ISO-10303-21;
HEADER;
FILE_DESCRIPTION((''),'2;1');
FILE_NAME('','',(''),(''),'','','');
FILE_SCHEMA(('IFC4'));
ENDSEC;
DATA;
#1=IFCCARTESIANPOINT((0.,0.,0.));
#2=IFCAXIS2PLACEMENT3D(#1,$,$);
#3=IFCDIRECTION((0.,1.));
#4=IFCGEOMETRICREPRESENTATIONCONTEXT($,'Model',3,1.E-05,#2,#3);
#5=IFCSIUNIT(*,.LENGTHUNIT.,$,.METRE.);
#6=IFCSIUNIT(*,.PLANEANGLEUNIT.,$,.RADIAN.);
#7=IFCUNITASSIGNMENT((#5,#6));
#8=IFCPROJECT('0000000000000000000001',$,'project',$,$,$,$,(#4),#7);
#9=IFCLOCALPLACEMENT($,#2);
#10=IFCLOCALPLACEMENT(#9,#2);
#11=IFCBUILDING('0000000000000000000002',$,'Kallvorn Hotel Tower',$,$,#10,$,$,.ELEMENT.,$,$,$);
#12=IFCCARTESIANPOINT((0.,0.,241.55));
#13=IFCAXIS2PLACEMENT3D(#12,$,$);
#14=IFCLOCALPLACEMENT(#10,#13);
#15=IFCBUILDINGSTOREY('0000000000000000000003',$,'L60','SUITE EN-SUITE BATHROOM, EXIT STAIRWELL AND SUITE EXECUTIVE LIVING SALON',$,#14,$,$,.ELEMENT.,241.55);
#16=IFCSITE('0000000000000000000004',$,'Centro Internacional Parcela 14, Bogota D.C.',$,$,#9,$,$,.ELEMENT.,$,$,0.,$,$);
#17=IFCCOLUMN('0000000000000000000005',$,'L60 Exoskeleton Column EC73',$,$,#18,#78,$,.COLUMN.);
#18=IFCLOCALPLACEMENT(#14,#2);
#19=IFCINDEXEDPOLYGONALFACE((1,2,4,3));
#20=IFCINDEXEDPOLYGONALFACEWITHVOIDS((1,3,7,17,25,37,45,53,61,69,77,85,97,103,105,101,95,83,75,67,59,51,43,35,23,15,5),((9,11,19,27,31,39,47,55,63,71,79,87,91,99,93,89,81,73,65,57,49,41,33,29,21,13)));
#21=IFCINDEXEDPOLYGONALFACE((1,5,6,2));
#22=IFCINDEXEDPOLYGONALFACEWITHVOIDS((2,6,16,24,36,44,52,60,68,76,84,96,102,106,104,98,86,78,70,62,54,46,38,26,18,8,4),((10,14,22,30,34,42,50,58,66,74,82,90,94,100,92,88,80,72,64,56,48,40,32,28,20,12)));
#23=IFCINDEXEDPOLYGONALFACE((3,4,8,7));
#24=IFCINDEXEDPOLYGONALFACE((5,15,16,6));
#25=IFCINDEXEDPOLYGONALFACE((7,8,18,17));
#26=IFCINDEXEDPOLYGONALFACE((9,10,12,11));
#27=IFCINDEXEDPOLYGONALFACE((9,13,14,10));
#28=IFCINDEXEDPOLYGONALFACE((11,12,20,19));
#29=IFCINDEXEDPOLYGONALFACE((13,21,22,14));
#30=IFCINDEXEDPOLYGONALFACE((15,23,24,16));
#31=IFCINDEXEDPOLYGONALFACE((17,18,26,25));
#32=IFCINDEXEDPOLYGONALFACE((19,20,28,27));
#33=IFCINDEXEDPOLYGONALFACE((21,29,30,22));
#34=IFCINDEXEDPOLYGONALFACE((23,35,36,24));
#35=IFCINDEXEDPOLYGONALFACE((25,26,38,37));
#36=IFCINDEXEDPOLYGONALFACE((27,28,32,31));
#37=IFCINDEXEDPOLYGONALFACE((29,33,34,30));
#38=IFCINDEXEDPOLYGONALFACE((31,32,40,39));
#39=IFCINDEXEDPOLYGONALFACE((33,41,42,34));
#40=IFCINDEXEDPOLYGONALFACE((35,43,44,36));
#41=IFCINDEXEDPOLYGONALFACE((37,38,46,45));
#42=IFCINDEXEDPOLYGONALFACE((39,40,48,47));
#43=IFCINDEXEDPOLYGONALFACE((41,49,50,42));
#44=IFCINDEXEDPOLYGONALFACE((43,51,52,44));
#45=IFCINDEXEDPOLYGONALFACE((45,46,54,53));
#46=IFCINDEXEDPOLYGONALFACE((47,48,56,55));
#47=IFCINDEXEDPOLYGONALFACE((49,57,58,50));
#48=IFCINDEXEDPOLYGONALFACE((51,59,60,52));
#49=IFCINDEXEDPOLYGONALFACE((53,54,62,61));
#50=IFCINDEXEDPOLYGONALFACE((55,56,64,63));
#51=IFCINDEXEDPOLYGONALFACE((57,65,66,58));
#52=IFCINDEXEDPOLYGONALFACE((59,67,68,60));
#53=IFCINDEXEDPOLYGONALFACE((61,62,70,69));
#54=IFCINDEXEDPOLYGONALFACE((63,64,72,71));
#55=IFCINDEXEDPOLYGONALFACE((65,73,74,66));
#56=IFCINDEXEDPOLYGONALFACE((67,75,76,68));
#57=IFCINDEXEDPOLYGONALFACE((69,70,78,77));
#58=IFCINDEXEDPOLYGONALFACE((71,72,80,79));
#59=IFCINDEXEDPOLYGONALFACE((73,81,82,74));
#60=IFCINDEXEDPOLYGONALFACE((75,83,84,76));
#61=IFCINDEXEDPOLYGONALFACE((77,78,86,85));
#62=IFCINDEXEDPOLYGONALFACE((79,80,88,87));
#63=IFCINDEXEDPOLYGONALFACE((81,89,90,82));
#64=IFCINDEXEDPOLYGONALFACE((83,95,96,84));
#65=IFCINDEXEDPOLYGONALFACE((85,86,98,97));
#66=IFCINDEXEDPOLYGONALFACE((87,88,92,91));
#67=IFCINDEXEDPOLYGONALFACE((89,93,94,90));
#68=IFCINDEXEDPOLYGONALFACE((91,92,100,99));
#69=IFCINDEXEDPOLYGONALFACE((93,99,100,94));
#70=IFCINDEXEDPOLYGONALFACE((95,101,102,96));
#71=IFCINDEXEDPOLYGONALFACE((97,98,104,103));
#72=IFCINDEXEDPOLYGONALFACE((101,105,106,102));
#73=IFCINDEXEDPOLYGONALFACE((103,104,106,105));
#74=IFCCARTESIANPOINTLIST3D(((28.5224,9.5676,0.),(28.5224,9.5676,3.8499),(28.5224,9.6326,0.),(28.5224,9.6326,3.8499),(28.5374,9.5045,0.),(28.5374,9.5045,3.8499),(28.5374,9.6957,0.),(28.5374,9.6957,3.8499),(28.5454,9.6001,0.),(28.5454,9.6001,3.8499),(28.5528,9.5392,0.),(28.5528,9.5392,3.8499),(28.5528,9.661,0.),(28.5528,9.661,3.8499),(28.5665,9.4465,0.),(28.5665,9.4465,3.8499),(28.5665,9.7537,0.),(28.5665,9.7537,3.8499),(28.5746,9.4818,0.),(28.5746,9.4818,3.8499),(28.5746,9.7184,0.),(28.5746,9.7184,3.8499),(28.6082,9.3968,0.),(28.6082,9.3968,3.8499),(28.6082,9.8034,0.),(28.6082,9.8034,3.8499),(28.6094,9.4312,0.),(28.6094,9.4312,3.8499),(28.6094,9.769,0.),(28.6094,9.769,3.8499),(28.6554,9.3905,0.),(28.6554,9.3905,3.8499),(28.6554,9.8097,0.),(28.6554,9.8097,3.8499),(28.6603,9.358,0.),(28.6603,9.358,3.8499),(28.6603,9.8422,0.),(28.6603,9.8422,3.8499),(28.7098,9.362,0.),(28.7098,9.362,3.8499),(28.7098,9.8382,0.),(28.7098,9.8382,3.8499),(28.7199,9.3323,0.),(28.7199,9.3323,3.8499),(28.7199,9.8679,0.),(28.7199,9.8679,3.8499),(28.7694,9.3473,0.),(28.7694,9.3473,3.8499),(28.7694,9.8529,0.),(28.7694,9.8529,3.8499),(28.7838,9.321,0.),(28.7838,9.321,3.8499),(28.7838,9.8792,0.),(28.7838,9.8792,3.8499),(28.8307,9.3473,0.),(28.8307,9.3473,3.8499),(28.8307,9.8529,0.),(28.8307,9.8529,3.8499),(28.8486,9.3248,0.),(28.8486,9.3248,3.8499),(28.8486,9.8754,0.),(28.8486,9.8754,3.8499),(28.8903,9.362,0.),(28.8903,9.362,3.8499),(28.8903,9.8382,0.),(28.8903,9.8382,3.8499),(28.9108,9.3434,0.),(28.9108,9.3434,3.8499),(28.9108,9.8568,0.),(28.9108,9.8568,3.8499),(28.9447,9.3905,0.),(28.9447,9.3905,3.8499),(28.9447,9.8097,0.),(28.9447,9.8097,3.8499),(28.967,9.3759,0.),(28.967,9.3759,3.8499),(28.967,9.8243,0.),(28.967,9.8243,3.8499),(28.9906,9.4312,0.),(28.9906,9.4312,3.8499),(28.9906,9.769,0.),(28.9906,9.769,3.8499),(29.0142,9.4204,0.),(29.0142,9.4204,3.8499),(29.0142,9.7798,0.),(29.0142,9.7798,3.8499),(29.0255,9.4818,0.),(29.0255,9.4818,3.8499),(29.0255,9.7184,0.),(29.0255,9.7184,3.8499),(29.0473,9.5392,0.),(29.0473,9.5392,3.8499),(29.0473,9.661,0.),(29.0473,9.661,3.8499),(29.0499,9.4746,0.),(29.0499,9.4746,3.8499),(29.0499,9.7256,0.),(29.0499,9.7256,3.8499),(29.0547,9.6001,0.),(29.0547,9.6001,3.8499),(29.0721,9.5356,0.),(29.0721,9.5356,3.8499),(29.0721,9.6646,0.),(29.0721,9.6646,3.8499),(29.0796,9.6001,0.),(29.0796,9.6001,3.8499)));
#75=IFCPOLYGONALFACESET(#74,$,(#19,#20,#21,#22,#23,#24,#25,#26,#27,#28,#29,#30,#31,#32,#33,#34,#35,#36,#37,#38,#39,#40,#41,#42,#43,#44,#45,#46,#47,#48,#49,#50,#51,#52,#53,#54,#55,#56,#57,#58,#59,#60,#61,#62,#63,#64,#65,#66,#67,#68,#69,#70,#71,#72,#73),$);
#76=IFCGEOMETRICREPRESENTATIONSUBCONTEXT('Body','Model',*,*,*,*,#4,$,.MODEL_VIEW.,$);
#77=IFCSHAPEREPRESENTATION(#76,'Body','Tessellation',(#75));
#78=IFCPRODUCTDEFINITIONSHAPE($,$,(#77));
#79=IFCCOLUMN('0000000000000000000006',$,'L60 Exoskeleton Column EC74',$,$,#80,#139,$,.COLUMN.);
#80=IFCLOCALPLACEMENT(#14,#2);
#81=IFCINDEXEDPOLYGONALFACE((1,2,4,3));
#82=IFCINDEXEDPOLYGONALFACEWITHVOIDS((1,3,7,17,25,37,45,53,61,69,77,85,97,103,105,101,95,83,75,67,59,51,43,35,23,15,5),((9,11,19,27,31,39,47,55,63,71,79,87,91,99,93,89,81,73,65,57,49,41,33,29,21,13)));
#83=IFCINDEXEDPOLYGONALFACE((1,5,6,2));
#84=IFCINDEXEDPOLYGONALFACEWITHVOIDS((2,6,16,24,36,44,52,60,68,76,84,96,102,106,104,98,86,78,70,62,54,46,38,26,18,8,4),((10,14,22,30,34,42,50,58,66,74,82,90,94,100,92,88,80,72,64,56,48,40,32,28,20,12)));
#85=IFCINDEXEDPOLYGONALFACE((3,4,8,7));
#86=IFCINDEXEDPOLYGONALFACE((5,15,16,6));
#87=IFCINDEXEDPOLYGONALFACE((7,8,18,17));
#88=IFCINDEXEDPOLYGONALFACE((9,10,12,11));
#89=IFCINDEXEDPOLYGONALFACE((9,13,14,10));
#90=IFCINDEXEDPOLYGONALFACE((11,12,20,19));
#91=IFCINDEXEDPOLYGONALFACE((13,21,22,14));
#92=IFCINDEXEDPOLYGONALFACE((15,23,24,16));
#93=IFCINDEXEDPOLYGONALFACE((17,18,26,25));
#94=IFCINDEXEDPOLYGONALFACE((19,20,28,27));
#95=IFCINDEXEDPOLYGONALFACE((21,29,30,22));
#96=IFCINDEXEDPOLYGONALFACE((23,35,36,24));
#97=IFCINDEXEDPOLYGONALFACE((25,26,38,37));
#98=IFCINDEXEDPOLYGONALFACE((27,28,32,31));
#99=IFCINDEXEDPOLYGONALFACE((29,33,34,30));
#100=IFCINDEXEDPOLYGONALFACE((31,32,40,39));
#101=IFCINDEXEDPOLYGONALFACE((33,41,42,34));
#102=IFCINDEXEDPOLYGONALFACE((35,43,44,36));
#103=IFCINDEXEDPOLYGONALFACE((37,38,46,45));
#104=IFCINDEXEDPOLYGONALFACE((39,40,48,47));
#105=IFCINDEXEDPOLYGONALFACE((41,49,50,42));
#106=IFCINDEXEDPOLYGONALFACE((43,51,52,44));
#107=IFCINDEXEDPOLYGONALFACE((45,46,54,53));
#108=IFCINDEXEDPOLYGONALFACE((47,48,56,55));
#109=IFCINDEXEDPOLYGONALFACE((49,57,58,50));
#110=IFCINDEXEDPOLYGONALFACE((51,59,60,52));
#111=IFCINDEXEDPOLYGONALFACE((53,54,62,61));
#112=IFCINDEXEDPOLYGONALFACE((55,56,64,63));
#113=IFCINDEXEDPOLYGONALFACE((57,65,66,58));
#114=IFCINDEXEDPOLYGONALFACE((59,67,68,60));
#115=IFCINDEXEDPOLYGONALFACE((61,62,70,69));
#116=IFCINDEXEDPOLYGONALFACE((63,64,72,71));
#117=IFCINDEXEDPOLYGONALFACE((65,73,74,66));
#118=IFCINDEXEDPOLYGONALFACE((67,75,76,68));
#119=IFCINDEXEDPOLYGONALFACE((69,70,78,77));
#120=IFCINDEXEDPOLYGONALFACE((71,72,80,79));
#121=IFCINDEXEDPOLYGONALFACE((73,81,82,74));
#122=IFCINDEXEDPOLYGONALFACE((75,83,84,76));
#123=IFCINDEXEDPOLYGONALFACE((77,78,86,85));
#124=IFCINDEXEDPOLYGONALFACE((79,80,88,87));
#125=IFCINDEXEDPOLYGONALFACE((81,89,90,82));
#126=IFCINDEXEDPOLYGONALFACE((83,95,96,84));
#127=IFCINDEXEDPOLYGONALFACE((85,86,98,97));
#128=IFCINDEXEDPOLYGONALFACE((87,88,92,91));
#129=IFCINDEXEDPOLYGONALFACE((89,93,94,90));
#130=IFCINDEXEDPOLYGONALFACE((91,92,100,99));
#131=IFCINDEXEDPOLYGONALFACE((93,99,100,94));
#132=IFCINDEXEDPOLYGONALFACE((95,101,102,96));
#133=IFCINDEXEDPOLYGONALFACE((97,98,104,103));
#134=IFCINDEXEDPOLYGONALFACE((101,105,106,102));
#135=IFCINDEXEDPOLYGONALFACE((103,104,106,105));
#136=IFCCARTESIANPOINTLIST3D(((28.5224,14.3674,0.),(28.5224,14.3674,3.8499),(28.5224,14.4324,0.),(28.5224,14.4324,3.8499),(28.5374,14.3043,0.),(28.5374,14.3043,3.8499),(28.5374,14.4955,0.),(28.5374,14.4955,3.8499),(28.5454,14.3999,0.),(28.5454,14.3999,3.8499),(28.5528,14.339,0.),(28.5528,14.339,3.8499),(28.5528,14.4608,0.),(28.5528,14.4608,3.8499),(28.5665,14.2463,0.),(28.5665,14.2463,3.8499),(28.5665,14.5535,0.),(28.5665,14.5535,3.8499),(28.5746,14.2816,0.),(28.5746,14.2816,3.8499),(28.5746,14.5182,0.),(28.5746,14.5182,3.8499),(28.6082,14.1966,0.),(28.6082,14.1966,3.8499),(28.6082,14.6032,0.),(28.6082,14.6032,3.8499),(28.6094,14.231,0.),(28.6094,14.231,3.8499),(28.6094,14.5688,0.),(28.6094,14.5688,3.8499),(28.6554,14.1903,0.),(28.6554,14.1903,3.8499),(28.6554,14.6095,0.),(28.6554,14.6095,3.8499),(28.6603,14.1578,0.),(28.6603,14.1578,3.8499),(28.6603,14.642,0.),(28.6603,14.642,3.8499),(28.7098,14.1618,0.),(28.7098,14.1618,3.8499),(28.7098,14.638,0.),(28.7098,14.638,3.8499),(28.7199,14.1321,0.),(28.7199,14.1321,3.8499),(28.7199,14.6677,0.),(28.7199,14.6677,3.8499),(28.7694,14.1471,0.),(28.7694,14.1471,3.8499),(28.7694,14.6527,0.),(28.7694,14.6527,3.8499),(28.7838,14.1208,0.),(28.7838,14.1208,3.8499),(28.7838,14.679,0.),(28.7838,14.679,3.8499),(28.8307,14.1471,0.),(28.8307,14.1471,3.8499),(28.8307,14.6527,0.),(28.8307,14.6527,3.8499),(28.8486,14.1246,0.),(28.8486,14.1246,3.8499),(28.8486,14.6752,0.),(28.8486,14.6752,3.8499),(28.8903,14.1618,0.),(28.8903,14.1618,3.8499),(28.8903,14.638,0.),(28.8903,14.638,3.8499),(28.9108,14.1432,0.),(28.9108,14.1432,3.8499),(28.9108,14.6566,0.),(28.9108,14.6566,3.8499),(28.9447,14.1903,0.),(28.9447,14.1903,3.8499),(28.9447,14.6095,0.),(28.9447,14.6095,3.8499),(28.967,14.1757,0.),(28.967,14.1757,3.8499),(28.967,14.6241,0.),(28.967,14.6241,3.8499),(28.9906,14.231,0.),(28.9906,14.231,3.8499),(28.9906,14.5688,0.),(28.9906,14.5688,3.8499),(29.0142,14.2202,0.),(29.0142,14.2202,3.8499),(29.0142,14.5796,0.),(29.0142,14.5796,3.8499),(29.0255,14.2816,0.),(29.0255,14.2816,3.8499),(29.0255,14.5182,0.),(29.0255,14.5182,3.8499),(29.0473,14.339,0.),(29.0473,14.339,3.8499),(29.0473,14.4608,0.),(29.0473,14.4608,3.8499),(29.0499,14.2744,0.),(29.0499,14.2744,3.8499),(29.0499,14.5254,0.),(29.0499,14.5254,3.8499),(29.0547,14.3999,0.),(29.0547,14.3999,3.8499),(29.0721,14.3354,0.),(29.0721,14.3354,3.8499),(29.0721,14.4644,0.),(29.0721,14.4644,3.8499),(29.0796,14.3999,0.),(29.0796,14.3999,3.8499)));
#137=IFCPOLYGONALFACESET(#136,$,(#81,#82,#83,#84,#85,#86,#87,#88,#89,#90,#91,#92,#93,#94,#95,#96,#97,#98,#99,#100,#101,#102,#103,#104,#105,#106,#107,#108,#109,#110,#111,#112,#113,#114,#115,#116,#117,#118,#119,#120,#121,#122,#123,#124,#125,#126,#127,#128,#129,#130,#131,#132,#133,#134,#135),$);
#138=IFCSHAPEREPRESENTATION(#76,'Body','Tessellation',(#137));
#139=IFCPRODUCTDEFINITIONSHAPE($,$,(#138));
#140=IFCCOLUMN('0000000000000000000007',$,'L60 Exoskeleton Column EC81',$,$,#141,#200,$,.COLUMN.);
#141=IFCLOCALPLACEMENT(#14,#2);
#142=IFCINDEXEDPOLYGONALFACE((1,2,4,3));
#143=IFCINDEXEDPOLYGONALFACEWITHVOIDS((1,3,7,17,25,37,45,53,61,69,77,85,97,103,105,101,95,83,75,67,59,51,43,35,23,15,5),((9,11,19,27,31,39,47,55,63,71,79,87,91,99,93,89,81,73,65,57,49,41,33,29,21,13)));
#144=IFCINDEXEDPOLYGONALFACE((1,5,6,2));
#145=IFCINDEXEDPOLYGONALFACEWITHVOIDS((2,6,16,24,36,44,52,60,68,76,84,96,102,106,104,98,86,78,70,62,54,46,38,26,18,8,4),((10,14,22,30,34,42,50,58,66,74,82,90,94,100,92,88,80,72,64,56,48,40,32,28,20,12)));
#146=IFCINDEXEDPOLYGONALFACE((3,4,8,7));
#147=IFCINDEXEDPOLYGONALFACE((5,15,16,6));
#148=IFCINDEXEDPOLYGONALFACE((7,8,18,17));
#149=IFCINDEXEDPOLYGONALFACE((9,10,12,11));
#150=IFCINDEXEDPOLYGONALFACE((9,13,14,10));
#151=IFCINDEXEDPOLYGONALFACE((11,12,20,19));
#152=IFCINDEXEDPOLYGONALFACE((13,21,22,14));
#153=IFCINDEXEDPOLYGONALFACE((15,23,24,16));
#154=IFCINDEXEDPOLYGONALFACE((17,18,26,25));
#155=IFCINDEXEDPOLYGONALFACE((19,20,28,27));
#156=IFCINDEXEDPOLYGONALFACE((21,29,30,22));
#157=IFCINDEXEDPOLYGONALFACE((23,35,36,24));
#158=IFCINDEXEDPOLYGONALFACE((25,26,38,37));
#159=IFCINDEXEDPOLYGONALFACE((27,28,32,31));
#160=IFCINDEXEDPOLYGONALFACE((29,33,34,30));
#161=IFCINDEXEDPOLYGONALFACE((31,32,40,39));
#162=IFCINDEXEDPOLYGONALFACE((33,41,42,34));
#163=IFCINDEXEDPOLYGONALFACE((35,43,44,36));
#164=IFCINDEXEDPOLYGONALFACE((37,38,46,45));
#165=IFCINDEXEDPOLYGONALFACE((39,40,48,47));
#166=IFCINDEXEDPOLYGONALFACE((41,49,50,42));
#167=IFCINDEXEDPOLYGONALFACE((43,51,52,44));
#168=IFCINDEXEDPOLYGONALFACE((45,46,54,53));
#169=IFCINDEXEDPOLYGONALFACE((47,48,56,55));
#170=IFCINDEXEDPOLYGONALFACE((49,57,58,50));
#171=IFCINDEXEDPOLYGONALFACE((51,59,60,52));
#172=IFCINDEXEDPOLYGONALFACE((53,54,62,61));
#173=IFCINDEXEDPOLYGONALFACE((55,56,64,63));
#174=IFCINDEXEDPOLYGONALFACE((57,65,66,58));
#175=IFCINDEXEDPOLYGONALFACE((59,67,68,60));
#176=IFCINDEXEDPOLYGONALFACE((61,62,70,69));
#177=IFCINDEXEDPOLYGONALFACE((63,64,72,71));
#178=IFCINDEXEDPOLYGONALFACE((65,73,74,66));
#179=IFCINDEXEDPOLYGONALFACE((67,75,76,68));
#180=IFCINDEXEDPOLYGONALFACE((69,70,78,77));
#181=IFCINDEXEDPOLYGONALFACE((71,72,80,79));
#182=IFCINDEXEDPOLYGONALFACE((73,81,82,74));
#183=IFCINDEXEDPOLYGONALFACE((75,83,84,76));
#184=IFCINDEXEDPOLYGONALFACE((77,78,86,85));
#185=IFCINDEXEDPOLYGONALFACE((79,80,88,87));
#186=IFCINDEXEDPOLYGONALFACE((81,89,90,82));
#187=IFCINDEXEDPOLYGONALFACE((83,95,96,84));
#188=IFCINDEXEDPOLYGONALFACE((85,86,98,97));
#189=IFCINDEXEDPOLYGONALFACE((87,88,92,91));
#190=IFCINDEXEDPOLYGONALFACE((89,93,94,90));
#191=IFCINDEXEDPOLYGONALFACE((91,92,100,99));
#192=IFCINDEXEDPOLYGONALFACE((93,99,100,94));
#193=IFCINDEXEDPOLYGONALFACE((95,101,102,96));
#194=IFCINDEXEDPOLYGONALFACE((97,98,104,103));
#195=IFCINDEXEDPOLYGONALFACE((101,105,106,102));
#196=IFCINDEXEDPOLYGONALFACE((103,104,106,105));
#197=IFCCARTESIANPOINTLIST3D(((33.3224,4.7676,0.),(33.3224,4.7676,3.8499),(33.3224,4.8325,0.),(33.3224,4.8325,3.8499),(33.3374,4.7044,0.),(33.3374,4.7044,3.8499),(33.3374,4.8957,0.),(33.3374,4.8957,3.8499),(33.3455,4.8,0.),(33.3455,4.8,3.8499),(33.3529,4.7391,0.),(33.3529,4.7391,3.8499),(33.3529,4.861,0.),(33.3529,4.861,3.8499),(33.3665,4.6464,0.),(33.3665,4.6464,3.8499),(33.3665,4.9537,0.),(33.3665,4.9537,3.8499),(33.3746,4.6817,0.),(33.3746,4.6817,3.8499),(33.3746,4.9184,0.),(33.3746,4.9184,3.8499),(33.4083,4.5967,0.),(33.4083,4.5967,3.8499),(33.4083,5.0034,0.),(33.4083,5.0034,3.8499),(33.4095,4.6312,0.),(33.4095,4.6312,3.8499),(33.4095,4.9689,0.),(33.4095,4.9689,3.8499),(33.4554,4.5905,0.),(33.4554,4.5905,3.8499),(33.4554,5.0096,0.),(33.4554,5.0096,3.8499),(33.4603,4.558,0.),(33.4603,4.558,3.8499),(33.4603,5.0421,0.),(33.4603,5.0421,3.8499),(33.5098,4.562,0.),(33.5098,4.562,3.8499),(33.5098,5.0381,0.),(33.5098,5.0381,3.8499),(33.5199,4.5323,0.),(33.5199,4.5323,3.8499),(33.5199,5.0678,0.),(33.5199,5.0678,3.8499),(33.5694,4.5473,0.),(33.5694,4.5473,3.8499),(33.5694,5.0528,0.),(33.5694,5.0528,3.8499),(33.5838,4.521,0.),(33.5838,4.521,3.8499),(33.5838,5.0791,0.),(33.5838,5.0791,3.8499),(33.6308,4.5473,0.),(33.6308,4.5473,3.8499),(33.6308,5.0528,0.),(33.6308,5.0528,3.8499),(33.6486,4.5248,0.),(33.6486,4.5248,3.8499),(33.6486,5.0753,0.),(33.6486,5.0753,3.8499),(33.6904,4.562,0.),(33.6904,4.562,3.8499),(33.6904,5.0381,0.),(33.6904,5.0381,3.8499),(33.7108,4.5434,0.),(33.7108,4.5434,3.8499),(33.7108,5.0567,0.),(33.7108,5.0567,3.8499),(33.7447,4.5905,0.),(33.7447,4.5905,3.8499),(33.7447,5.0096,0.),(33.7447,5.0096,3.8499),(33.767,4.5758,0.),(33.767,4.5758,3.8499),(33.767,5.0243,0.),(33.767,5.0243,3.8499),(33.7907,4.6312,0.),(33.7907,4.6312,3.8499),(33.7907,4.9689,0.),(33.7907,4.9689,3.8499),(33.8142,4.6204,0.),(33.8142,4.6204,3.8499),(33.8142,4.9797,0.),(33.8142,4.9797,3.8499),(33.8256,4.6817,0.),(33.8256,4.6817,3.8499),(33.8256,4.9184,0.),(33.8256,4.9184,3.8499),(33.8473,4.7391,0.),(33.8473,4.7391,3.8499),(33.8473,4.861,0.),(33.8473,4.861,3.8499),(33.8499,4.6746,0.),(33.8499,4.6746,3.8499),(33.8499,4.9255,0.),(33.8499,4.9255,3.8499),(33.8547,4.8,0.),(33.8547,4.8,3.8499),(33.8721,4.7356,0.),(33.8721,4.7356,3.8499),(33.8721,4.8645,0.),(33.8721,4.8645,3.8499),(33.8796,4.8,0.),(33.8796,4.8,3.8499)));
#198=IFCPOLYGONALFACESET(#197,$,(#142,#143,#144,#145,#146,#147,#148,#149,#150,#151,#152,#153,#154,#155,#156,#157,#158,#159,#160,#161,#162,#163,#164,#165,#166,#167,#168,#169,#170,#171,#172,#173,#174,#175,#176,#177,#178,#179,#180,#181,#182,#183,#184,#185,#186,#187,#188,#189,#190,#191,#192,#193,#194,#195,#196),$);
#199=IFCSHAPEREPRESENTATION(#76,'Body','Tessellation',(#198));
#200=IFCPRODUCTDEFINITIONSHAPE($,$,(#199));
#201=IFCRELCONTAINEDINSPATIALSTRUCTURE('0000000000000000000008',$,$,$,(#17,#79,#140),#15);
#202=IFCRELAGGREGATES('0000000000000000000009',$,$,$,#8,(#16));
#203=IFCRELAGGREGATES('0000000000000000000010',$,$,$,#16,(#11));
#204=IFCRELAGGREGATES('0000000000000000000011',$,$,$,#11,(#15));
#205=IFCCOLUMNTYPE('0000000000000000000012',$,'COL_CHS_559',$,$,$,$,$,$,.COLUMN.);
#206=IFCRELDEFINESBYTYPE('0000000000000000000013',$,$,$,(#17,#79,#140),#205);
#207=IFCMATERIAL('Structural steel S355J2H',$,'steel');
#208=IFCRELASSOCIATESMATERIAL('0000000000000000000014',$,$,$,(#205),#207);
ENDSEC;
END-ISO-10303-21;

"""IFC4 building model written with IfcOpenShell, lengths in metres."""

from ifc_helpers import new_model, si_unit, direction, frame, origin, origin_2d, place, context, subcontext, project, spatial, hollow_circle, extrude, material, material_profile, profile_set, type_object, element, save


model = new_model("IFC4")

# Units and contexts
model_context = context("Model", 3, precision=1e-05, world=origin(), true_north=direction((0.0, 1.0)))
body_context = subcontext(model_context, "Body", "Model", "MODEL_VIEW")
ifc_project = project(units=[si_unit("LENGTHUNIT", "METRE"), si_unit("PLANEANGLEUNIT", "RADIAN")], contexts=[model_context])

# Site, building, storey
site_placement = place(None, origin())
site = spatial("IfcSite", under=ifc_project, at=site_placement, Name="Centro Internacional Parcela 14, Bogota D.C.", CompositionType="ELEMENT", RefElevation=0.0)
building_placement = place(site_placement, origin())
building = spatial("IfcBuilding", under=site, at=building_placement, Name="Kallvorn Hotel Tower", CompositionType="ELEMENT")
storey_placement = place(building_placement, frame((0.0, 0.0, 241.55)))
storey = spatial("IfcBuildingStorey", under=building, at=storey_placement, Name="L60", Description="SUITE EN-SUITE BATHROOM, EXIT STAIRWELL AND SUITE EXECUTIVE LIVING SALON", CompositionType="ELEMENT", Elevation=241.55)

# Columns
ifc_material_1 = material(Name="Structural steel S355J2H", Category="steel")
ifc_material_profile_1 = material_profile(ifc_material_1, hollow_circle(Radius=0.2795, WallThickness=0.0249, at=origin_2d()), Name="CHS 559x25")
ifc_profile_set_1 = profile_set([ifc_material_profile_1], Name="Structural steel S355J2H")
column_type_1 = type_object("IfcColumnType", Name="COL_CHS_559", PredefinedType="COLUMN", material=ifc_profile_set_1)
for number, where, z_axis, x_axis, name in (
    (1, (28.8, 9.6001, 0.0), (0.0, 0.0, 1.0), (1.0, 0.0, 0.0), "L60 Exoskeleton Column EC73"),
    (2, (28.8, 14.3999, 0.0), (0.0, 0.0, 1.0), (1.0, 0.0, 0.0), "L60 Exoskeleton Column EC74"),
    (3, (33.6001, 4.8, 0.0), (0.0, 0.0, 1.0), (1.0, 0.0, 0.0), "L60 Exoskeleton Column EC81"),
):
    element("IfcColumn", number, at=place(storey_placement, frame(where, z_axis=z_axis, x_axis=x_axis)), inside=storey, type_object=column_type_1, Name=name, PredefinedType="COLUMN", context=body_context, shape_type="SweptSolid", body=[
        extrude(hollow_circle(Radius=0.2795, WallThickness=0.0249, at=origin_2d()), origin(), (0.0, 0.0, 1.0), 3.8499),
    ])

save(model, "model.ifc")
